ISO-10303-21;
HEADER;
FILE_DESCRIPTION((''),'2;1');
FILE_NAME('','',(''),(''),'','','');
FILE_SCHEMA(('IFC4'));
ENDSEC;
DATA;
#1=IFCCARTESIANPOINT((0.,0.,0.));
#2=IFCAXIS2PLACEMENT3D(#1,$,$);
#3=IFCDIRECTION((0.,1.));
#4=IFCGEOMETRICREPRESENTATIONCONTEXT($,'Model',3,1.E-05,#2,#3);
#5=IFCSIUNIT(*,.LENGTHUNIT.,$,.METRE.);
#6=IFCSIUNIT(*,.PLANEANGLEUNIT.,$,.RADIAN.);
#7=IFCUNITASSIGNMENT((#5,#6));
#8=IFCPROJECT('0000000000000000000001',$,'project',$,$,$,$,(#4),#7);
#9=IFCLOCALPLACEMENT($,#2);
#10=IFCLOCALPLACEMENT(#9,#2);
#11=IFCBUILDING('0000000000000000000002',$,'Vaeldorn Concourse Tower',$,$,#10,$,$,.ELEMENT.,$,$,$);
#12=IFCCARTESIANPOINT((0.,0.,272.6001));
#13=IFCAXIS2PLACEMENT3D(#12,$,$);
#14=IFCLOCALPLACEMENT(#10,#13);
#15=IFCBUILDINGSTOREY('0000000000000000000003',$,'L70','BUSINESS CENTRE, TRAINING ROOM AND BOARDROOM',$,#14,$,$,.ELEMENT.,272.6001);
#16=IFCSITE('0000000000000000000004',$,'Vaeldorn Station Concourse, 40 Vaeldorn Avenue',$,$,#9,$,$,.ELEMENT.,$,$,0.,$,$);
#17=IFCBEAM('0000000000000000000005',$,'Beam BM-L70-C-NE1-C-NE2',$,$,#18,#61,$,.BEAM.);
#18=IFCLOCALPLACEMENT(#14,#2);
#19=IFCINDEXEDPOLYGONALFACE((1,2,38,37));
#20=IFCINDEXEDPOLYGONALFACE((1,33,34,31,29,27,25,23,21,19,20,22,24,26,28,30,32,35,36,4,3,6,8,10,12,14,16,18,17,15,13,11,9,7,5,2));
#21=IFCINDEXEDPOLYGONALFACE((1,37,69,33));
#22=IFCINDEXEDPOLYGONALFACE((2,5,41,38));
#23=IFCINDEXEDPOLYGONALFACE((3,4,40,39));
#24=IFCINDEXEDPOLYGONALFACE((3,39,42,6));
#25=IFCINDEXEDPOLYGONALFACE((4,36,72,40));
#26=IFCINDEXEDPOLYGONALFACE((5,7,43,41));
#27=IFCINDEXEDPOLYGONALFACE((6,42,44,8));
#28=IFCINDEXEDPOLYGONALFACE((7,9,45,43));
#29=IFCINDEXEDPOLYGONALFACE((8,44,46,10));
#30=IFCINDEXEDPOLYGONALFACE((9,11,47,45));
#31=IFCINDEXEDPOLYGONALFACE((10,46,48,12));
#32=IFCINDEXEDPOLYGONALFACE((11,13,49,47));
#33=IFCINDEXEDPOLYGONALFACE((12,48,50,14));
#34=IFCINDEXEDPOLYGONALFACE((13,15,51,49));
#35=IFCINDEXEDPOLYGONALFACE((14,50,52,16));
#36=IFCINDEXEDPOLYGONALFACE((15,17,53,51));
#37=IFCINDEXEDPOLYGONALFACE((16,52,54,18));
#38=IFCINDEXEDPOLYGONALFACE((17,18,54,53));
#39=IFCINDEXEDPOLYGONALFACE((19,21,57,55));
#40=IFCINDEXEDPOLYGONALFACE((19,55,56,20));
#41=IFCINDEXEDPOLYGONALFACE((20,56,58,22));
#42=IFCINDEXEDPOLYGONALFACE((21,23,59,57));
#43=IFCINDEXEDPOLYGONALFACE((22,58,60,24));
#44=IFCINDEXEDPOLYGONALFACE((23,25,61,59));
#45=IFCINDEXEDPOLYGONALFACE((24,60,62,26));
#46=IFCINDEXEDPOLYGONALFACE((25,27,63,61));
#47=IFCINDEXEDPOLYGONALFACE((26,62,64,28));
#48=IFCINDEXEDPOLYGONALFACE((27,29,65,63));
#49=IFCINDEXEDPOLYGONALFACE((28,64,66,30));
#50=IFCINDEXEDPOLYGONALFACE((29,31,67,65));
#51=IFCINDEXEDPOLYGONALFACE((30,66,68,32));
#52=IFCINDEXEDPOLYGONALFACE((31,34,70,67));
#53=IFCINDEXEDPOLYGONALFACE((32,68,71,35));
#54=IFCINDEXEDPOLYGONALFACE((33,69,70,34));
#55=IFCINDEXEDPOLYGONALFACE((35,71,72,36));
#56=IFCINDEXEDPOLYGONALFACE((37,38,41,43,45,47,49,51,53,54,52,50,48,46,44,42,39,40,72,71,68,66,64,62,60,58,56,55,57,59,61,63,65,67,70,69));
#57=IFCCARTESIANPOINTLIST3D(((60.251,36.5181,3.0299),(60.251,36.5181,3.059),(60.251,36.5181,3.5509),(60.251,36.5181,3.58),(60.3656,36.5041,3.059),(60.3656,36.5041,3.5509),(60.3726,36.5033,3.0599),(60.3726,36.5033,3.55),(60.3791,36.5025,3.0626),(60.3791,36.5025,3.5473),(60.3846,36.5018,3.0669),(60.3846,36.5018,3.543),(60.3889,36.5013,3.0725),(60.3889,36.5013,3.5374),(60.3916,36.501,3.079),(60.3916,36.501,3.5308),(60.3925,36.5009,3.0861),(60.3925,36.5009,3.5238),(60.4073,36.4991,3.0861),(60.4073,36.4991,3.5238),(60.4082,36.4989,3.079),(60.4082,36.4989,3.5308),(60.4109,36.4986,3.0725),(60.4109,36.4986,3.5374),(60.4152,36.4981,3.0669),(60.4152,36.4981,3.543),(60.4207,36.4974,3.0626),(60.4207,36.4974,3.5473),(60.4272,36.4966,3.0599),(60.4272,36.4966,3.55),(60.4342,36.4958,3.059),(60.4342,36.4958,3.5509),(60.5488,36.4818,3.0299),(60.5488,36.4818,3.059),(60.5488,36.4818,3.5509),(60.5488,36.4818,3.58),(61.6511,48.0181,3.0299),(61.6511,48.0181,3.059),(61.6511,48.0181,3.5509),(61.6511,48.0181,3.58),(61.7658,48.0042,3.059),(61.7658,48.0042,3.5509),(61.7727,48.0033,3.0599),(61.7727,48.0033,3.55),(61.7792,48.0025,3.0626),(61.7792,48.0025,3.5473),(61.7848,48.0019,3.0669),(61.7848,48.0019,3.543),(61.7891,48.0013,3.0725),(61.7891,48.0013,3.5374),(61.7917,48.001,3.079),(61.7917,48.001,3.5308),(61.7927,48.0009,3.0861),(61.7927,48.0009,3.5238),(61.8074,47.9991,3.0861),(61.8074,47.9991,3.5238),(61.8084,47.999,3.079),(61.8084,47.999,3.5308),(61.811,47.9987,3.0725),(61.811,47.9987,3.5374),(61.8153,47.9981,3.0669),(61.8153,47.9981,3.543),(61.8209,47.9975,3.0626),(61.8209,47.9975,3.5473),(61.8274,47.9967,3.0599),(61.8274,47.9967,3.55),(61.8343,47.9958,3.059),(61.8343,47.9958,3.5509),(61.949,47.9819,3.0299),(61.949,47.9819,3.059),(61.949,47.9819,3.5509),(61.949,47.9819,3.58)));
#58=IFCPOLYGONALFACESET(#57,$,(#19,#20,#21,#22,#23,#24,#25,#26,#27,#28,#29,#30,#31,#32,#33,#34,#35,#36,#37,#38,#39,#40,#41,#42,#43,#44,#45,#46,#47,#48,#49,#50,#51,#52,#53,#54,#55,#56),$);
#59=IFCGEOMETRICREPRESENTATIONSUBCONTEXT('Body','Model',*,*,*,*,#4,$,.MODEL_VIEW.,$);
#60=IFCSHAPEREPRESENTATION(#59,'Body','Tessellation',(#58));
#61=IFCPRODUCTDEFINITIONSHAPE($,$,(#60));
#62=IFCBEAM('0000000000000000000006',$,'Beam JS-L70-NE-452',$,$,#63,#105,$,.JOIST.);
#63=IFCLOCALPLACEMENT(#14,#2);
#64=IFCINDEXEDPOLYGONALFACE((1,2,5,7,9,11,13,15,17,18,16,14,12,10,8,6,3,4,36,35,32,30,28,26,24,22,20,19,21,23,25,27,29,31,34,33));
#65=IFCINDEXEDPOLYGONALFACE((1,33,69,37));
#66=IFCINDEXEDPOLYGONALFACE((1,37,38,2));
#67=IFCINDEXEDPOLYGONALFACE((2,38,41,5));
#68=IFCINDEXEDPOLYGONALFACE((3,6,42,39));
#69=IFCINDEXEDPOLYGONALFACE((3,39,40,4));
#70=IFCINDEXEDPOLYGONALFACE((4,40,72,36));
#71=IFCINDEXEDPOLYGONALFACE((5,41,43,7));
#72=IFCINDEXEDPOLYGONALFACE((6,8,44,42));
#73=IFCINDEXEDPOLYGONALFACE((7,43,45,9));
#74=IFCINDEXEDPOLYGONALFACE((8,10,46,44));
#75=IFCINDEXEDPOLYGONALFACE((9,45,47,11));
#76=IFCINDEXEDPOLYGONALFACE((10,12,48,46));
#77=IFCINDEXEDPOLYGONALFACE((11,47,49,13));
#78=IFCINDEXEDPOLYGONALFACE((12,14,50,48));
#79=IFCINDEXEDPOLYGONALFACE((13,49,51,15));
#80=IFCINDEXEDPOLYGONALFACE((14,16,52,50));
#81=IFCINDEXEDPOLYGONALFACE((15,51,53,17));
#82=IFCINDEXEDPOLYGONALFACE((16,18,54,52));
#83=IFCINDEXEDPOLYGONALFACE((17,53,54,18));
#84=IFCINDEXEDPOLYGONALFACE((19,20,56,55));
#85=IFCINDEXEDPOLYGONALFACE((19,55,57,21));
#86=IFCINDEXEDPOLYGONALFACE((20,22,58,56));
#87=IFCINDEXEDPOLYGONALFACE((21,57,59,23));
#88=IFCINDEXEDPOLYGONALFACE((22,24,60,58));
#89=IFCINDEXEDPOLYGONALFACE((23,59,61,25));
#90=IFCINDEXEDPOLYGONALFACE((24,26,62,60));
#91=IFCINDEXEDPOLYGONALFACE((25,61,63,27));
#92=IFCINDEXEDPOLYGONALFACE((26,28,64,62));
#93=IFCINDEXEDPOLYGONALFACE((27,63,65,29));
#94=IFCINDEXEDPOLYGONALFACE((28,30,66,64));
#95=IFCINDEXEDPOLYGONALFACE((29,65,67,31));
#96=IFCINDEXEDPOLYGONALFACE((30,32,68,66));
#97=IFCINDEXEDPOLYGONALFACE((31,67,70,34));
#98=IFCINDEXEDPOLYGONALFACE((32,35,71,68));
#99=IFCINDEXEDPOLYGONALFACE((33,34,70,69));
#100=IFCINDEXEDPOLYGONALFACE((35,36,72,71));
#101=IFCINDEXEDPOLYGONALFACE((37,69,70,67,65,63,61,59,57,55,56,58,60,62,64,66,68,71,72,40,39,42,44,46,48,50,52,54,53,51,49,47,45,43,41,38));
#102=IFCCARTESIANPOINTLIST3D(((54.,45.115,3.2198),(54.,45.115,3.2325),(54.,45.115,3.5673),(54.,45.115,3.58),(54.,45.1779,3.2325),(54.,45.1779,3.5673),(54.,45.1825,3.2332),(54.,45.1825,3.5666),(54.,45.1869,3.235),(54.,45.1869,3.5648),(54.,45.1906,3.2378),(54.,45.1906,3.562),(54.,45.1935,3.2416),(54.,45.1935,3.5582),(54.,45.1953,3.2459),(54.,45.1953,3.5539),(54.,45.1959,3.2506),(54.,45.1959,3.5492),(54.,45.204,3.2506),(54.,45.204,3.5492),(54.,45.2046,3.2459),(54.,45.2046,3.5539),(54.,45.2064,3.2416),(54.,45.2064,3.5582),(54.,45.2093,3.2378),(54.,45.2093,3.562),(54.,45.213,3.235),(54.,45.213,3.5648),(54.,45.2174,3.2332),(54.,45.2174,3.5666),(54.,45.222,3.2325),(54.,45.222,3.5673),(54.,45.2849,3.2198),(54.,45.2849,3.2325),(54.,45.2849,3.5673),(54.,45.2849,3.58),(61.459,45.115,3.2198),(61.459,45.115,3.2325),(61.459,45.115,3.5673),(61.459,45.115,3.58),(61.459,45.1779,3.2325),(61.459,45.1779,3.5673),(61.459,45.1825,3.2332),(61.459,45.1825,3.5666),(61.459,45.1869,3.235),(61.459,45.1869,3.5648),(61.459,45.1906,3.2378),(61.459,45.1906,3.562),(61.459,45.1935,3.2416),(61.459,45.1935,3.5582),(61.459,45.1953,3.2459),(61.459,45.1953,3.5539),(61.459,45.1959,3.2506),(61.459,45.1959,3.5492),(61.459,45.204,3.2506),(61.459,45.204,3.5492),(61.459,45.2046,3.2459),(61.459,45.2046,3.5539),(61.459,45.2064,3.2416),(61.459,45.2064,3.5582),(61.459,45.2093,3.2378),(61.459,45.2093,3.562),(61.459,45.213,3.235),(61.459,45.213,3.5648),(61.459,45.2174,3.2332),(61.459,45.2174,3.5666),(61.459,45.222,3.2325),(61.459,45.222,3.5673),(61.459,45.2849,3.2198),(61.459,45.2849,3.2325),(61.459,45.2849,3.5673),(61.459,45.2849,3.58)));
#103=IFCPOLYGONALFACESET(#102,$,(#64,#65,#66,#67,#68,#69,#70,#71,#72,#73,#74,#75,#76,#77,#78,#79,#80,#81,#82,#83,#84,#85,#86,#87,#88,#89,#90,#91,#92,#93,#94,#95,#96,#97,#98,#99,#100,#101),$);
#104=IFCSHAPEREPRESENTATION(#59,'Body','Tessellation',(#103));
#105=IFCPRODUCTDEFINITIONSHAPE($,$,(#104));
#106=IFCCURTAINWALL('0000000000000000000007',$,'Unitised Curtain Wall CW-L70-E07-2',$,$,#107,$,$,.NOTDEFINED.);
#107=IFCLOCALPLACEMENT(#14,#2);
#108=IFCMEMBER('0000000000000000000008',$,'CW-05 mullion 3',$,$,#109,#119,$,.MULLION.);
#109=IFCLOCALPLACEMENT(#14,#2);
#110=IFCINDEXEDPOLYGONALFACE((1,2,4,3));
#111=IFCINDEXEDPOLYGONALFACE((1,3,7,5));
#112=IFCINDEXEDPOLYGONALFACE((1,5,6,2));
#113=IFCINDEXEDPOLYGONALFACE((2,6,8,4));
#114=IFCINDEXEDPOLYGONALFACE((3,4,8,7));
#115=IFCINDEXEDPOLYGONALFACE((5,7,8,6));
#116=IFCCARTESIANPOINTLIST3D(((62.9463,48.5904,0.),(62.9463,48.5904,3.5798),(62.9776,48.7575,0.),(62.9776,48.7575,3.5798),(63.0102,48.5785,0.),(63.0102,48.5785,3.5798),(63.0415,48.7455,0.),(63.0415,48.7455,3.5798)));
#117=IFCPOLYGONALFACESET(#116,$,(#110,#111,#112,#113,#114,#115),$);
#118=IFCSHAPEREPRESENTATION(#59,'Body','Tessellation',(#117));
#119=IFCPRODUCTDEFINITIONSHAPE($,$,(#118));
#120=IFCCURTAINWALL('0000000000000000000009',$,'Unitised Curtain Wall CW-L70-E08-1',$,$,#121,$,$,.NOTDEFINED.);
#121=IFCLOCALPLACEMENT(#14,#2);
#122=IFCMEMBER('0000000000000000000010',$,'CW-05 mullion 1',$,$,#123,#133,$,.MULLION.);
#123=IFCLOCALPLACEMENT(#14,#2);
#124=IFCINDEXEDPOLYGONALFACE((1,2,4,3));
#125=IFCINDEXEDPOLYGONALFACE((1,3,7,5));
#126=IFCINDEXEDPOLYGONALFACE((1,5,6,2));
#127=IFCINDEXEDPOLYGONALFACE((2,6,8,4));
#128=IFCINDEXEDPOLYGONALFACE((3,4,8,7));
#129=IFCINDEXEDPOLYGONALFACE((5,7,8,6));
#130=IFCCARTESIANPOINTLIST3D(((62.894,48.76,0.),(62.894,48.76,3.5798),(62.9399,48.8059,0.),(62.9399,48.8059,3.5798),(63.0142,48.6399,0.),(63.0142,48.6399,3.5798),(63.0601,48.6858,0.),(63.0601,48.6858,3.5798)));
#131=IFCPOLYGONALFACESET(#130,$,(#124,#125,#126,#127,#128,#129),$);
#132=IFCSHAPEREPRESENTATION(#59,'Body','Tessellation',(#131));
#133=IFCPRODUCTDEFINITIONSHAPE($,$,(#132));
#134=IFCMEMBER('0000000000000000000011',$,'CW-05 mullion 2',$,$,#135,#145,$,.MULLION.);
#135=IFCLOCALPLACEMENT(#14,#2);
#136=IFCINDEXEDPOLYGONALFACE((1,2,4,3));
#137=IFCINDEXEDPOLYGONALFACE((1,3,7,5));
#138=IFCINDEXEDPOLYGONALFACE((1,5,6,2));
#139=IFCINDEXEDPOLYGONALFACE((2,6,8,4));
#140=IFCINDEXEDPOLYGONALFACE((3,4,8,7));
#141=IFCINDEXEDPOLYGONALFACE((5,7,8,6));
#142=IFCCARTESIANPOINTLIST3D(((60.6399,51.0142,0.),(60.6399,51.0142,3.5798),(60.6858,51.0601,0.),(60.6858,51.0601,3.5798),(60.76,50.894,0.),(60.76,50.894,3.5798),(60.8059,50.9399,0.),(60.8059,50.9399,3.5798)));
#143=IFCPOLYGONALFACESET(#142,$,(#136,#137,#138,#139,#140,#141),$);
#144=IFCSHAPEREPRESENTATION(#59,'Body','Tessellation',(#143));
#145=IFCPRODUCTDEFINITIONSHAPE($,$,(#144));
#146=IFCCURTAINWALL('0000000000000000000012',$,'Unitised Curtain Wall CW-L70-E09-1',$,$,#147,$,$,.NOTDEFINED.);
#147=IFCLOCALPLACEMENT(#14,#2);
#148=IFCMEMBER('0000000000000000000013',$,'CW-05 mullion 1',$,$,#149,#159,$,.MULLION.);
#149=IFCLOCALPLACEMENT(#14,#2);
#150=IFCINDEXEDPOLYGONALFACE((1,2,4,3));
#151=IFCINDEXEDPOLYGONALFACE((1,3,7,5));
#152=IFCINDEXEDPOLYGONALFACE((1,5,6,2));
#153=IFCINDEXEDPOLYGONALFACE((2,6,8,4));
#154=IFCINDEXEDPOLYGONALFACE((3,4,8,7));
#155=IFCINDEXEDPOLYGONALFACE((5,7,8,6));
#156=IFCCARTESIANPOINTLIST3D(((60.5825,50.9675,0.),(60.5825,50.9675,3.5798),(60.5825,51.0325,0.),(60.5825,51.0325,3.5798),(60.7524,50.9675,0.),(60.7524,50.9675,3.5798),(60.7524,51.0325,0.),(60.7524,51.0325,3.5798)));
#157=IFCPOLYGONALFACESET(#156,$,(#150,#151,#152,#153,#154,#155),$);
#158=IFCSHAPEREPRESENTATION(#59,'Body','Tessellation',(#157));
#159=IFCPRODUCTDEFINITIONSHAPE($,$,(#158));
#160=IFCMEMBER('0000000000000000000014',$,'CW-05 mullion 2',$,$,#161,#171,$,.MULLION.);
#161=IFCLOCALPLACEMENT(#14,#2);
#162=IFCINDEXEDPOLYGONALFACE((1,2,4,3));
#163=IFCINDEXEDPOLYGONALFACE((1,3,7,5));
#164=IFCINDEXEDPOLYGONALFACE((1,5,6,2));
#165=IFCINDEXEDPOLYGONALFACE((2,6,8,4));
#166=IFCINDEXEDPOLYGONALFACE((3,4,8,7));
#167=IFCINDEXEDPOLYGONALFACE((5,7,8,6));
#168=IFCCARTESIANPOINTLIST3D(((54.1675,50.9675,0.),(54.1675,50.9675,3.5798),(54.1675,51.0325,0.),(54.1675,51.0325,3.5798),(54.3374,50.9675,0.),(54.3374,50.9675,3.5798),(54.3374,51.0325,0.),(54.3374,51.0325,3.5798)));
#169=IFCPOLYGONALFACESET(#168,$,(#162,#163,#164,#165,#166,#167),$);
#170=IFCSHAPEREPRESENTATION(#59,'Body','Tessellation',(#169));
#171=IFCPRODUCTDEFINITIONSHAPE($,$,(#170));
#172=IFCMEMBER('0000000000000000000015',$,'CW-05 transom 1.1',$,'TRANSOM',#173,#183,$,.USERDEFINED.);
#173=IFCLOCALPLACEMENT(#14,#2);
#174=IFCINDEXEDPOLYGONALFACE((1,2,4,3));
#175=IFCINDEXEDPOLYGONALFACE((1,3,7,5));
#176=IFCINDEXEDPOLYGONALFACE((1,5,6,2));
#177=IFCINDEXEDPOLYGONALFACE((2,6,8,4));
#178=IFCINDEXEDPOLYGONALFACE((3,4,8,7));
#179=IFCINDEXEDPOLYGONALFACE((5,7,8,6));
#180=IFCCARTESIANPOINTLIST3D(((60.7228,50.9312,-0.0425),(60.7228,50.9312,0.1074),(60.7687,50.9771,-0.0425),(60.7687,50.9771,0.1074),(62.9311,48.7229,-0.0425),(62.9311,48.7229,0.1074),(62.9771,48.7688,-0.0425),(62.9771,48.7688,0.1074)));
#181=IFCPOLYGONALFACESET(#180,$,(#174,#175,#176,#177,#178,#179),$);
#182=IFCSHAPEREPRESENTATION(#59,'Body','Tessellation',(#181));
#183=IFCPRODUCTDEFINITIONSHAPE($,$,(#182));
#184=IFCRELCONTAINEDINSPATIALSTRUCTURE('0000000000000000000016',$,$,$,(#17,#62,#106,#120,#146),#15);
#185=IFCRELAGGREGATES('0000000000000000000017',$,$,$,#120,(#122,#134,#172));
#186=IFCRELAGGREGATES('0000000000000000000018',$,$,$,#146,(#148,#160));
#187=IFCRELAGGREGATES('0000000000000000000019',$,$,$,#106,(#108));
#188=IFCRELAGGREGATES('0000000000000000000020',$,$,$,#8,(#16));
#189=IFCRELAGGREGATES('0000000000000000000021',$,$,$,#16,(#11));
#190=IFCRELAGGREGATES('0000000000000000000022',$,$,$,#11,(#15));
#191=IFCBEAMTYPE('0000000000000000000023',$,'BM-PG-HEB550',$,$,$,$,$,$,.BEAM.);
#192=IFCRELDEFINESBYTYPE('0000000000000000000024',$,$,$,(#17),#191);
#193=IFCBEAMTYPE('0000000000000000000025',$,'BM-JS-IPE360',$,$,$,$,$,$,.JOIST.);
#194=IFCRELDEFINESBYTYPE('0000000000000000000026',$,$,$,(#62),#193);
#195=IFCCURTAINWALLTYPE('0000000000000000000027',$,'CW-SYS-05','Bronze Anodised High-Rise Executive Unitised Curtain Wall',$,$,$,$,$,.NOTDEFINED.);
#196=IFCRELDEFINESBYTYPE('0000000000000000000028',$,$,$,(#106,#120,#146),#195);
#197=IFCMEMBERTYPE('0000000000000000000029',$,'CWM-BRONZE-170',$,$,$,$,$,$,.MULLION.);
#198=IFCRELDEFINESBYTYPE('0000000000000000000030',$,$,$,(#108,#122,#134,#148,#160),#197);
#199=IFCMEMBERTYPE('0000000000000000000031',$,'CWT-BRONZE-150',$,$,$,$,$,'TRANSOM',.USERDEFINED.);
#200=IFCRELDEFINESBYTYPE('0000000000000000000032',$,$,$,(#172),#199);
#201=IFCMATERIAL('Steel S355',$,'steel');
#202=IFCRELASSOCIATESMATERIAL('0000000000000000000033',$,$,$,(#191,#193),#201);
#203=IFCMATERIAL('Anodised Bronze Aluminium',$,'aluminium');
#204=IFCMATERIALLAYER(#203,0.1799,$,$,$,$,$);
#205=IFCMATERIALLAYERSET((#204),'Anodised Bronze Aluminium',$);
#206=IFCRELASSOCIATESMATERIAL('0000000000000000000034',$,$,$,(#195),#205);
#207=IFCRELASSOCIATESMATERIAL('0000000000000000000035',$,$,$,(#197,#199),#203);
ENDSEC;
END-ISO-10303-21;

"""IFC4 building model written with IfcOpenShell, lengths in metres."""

from ifc_helpers import new_model, si_unit, direction, frame, origin, origin_2d, place, context, subcontext, project, spatial, rectangle, i_section, extrude, source, transform, mapped, material, layer, layer_set, material_profile, profile_set, type_object, element, aggregate, save


model = new_model("IFC4")

# Units and contexts
model_context = context("Model", 3, precision=1e-05, world=origin(), true_north=direction((0.0, 1.0)))
body_context = subcontext(model_context, "Body", "Model", "MODEL_VIEW")
ifc_project = project(units=[si_unit("LENGTHUNIT", "METRE"), si_unit("PLANEANGLEUNIT", "RADIAN")], contexts=[model_context])

# Site, building, storey
site_placement = place(None, origin())
site = spatial("IfcSite", under=ifc_project, at=site_placement, Name="Vaeldorn Station Concourse, 40 Vaeldorn Avenue", CompositionType="ELEMENT", RefElevation=0.0)
building_placement = place(site_placement, origin())
building = spatial("IfcBuilding", under=site, at=building_placement, Name="Vaeldorn Concourse Tower", CompositionType="ELEMENT")
storey_placement = place(building_placement, frame((0.0, 0.0, 272.6001)))
storey = spatial("IfcBuildingStorey", under=building, at=storey_placement, Name="L70", Description="BUSINESS CENTRE, TRAINING ROOM AND BOARDROOM", CompositionType="ELEMENT", Elevation=272.6001)

# Shared definitions
ifc_material_1 = material(Name="Steel S355", Category="steel")

# Beams
ifc_material_profile_1 = material_profile(ifc_material_1, i_section(OverallWidth=0.3, OverallDepth=0.55, WebThickness=0.0149, FlangeThickness=0.0291, FilletRadius=0.0271, at=origin_2d()), Name="HEB 550")
ifc_profile_set_1 = profile_set([ifc_material_profile_1], Name="Steel S355")
beam_type_1 = type_object("IfcBeamType", Name="BM-PG-HEB550", PredefinedType="BEAM", material=ifc_profile_set_1)
shared_shape_1 = source(origin(), body_context, "Body", "SweptSolid", [
    extrude(i_section(OverallWidth=0.3, OverallDepth=0.55, WebThickness=0.0149, FlangeThickness=0.0291, FilletRadius=0.0271, at=origin_2d()), origin(), (0.0, 0.0, 1.0), 11.585),
])
beam_1_placement = place(storey_placement, frame((61.8, 48.0, 3.3049), z_axis=(-0.120859, -0.99267, 0.0), x_axis=(0.99267, -0.120859, 0.0)))
element("IfcBeam", 1, at=beam_1_placement, inside=storey, type_object=beam_type_1, Name="Beam BM-L70-C-NE1-C-NE2", PredefinedType="BEAM", context=body_context, shape_type="MappedRepresentation", body=[
    mapped(shared_shape_1, transform((0.0, 0.0, 0.0), scale=1.0)),
])
ifc_material_profile_2 = material_profile(ifc_material_1, i_section(OverallWidth=0.1699, OverallDepth=0.3601, WebThickness=0.0081, FlangeThickness=0.0127, FilletRadius=0.0181, at=origin_2d()), Name="IPE 360")
ifc_profile_set_2 = profile_set([ifc_material_profile_2], Name="Steel S355")
beam_type_2 = type_object("IfcBeamType", Name="BM-JS-IPE360", PredefinedType="JOIST", material=ifc_profile_set_2)
shared_shape_2 = source(origin(), body_context, "Body", "SweptSolid", [
    extrude(i_section(OverallWidth=0.1699, OverallDepth=0.3601, WebThickness=0.0081, FlangeThickness=0.0127, FilletRadius=0.0181, at=origin_2d()), origin(), (0.0, 0.0, 1.0), 7.459),
])
beam_2_placement = place(storey_placement, frame((54.0, 45.2, 3.3999), z_axis=(1.0, 0.0, 0.0), x_axis=(0.0, 1.0, 0.0)))
element("IfcBeam", 2, at=beam_2_placement, inside=storey, type_object=beam_type_2, Name="Beam JS-L70-NE-452", PredefinedType="JOIST", context=body_context, shape_type="MappedRepresentation", body=[
    mapped(shared_shape_2, transform((0.0, 0.0, 0.0), scale=1.0)),
])

# Curtain wall, member
ifc_material_2 = material(Name="Anodised Bronze Aluminium", Category="aluminium")
ifc_layer_1 = layer(ifc_material_2, 0.1799)
ifc_layer_set_1 = layer_set([ifc_layer_1], Name="Anodised Bronze Aluminium")
curtain_wall_type = type_object("IfcCurtainWallType", Name="CW-SYS-05", Description="Bronze Anodised High-Rise Executive Unitised Curtain Wall", PredefinedType="NOTDEFINED", material=ifc_layer_set_1)
curtain_wall_1_placement = place(storey_placement, origin())
curtain_wall_1 = element("IfcCurtainWall", 3, at=curtain_wall_1_placement, inside=storey, type_object=curtain_wall_type, Name="Unitised Curtain Wall CW-L70-E07-2", PredefinedType="NOTDEFINED")
ifc_material_profile_3 = material_profile(ifc_material_2, rectangle(XDim=0.0649, YDim=0.1699, at=origin_2d()), Name="CWM 65x170")
ifc_profile_set_3 = profile_set([ifc_material_profile_3], Name="Anodised Bronze Aluminium")
member_type_1 = type_object("IfcMemberType", Name="CWM-BRONZE-170", PredefinedType="MULLION", material=ifc_profile_set_3)
shared_shape_3 = source(origin(), body_context, "Body", "SweptSolid", [
    extrude(rectangle(XDim=0.0649, YDim=0.1699, at=origin_2d()), origin(), (0.0, 0.0, 1.0), 3.5798),
])
member_1_placement = place(storey_placement, frame((62.9939, 48.668, 0.0), z_axis=(0.0, 0.0, 1.0), x_axis=(-0.98288, 0.184246, 0.0)))
member_1 = element("IfcMember", 4, at=member_1_placement, type_object=member_type_1, Name="CW-05 mullion 3", PredefinedType="MULLION", context=body_context, shape_type="MappedRepresentation", body=[
    mapped(shared_shape_3, transform((0.0, 0.0, 0.0), scale=1.0)),
])

# Curtain walls, members
curtain_wall_2_placement = place(storey_placement, origin())
curtain_wall_2 = element("IfcCurtainWall", 5, at=curtain_wall_2_placement, inside=storey, type_object=curtain_wall_type, Name="Unitised Curtain Wall CW-L70-E08-1", PredefinedType="NOTDEFINED")
member_2_placement = place(storey_placement, frame((62.9771, 48.7229, 0.0), z_axis=(0.0, 0.0, 1.0), x_axis=(-0.707107, -0.707107, 0.0)))
member_2 = element("IfcMember", 6, at=member_2_placement, type_object=member_type_1, Name="CW-05 mullion 1", PredefinedType="MULLION", context=body_context, shape_type="MappedRepresentation", body=[
    mapped(shared_shape_3, transform((0.0, 0.0, 0.0), scale=1.0)),
])
member_3_placement = place(storey_placement, frame((60.7229, 50.9771, 0.0), z_axis=(0.0, 0.0, 1.0), x_axis=(-0.707107, -0.707107, 0.0)))
member_3 = element("IfcMember", 7, at=member_3_placement, type_object=member_type_1, Name="CW-05 mullion 2", PredefinedType="MULLION", context=body_context, shape_type="MappedRepresentation", body=[
    mapped(shared_shape_3, transform((0.0, 0.0, 0.0), scale=1.0)),
])
curtain_wall_3_placement = place(storey_placement, origin())
curtain_wall_3 = element("IfcCurtainWall", 8, at=curtain_wall_3_placement, inside=storey, type_object=curtain_wall_type, Name="Unitised Curtain Wall CW-L70-E09-1", PredefinedType="NOTDEFINED")
member_4_placement = place(storey_placement, frame((60.6675, 51.0, 0.0), z_axis=(0.0, 0.0, 1.0), x_axis=(0.0, -1.0, 0.0)))
member_4 = element("IfcMember", 9, at=member_4_placement, type_object=member_type_1, Name="CW-05 mullion 1", PredefinedType="MULLION", context=body_context, shape_type="MappedRepresentation", body=[
    mapped(shared_shape_3, transform((0.0, 0.0, 0.0), scale=1.0)),
])
member_5_placement = place(storey_placement, frame((54.2524, 51.0, 0.0), z_axis=(0.0, 0.0, 1.0), x_axis=(0.0, -1.0, 0.0)))
member_5 = element("IfcMember", 10, at=member_5_placement, type_object=member_type_1, Name="CW-05 mullion 2", PredefinedType="MULLION", context=body_context, shape_type="MappedRepresentation", body=[
    mapped(shared_shape_3, transform((0.0, 0.0, 0.0), scale=1.0)),
])

# Member
ifc_material_profile_4 = material_profile(ifc_material_2, rectangle(XDim=0.0649, YDim=0.1499, at=origin_2d()), Name="CWT 65x150")
ifc_profile_set_4 = profile_set([ifc_material_profile_4], Name="Anodised Bronze Aluminium")
member_type_2 = type_object("IfcMemberType", Name="CWT-BRONZE-150", ElementType="TRANSOM", PredefinedType="USERDEFINED", material=ifc_profile_set_4)
shared_shape_4 = source(origin(), body_context, "Body", "SweptSolid", [
    extrude(rectangle(XDim=0.0649, YDim=0.1499, at=origin_2d()), origin(), (0.0, 0.0, 1.0), 3.123),
])
member_6_placement = place(storey_placement, frame((62.9541, 48.7458, 0.0325), z_axis=(-0.707107, 0.707107, 0.0), x_axis=(-0.707107, -0.707107, 0.0)))
member_6 = element("IfcMember", 11, at=member_6_placement, type_object=member_type_2, Name="CW-05 transom 1.1", ObjectType="TRANSOM", PredefinedType="USERDEFINED", context=body_context, shape_type="MappedRepresentation", body=[
    mapped(shared_shape_4, transform((0.0, 0.0, 0.0), scale=1.0)),
])

aggregate(curtain_wall_2, [member_2, member_3, member_6])
aggregate(curtain_wall_3, [member_4, member_5])
aggregate(curtain_wall_1, [member_1])

save(model, "model.ifc")
